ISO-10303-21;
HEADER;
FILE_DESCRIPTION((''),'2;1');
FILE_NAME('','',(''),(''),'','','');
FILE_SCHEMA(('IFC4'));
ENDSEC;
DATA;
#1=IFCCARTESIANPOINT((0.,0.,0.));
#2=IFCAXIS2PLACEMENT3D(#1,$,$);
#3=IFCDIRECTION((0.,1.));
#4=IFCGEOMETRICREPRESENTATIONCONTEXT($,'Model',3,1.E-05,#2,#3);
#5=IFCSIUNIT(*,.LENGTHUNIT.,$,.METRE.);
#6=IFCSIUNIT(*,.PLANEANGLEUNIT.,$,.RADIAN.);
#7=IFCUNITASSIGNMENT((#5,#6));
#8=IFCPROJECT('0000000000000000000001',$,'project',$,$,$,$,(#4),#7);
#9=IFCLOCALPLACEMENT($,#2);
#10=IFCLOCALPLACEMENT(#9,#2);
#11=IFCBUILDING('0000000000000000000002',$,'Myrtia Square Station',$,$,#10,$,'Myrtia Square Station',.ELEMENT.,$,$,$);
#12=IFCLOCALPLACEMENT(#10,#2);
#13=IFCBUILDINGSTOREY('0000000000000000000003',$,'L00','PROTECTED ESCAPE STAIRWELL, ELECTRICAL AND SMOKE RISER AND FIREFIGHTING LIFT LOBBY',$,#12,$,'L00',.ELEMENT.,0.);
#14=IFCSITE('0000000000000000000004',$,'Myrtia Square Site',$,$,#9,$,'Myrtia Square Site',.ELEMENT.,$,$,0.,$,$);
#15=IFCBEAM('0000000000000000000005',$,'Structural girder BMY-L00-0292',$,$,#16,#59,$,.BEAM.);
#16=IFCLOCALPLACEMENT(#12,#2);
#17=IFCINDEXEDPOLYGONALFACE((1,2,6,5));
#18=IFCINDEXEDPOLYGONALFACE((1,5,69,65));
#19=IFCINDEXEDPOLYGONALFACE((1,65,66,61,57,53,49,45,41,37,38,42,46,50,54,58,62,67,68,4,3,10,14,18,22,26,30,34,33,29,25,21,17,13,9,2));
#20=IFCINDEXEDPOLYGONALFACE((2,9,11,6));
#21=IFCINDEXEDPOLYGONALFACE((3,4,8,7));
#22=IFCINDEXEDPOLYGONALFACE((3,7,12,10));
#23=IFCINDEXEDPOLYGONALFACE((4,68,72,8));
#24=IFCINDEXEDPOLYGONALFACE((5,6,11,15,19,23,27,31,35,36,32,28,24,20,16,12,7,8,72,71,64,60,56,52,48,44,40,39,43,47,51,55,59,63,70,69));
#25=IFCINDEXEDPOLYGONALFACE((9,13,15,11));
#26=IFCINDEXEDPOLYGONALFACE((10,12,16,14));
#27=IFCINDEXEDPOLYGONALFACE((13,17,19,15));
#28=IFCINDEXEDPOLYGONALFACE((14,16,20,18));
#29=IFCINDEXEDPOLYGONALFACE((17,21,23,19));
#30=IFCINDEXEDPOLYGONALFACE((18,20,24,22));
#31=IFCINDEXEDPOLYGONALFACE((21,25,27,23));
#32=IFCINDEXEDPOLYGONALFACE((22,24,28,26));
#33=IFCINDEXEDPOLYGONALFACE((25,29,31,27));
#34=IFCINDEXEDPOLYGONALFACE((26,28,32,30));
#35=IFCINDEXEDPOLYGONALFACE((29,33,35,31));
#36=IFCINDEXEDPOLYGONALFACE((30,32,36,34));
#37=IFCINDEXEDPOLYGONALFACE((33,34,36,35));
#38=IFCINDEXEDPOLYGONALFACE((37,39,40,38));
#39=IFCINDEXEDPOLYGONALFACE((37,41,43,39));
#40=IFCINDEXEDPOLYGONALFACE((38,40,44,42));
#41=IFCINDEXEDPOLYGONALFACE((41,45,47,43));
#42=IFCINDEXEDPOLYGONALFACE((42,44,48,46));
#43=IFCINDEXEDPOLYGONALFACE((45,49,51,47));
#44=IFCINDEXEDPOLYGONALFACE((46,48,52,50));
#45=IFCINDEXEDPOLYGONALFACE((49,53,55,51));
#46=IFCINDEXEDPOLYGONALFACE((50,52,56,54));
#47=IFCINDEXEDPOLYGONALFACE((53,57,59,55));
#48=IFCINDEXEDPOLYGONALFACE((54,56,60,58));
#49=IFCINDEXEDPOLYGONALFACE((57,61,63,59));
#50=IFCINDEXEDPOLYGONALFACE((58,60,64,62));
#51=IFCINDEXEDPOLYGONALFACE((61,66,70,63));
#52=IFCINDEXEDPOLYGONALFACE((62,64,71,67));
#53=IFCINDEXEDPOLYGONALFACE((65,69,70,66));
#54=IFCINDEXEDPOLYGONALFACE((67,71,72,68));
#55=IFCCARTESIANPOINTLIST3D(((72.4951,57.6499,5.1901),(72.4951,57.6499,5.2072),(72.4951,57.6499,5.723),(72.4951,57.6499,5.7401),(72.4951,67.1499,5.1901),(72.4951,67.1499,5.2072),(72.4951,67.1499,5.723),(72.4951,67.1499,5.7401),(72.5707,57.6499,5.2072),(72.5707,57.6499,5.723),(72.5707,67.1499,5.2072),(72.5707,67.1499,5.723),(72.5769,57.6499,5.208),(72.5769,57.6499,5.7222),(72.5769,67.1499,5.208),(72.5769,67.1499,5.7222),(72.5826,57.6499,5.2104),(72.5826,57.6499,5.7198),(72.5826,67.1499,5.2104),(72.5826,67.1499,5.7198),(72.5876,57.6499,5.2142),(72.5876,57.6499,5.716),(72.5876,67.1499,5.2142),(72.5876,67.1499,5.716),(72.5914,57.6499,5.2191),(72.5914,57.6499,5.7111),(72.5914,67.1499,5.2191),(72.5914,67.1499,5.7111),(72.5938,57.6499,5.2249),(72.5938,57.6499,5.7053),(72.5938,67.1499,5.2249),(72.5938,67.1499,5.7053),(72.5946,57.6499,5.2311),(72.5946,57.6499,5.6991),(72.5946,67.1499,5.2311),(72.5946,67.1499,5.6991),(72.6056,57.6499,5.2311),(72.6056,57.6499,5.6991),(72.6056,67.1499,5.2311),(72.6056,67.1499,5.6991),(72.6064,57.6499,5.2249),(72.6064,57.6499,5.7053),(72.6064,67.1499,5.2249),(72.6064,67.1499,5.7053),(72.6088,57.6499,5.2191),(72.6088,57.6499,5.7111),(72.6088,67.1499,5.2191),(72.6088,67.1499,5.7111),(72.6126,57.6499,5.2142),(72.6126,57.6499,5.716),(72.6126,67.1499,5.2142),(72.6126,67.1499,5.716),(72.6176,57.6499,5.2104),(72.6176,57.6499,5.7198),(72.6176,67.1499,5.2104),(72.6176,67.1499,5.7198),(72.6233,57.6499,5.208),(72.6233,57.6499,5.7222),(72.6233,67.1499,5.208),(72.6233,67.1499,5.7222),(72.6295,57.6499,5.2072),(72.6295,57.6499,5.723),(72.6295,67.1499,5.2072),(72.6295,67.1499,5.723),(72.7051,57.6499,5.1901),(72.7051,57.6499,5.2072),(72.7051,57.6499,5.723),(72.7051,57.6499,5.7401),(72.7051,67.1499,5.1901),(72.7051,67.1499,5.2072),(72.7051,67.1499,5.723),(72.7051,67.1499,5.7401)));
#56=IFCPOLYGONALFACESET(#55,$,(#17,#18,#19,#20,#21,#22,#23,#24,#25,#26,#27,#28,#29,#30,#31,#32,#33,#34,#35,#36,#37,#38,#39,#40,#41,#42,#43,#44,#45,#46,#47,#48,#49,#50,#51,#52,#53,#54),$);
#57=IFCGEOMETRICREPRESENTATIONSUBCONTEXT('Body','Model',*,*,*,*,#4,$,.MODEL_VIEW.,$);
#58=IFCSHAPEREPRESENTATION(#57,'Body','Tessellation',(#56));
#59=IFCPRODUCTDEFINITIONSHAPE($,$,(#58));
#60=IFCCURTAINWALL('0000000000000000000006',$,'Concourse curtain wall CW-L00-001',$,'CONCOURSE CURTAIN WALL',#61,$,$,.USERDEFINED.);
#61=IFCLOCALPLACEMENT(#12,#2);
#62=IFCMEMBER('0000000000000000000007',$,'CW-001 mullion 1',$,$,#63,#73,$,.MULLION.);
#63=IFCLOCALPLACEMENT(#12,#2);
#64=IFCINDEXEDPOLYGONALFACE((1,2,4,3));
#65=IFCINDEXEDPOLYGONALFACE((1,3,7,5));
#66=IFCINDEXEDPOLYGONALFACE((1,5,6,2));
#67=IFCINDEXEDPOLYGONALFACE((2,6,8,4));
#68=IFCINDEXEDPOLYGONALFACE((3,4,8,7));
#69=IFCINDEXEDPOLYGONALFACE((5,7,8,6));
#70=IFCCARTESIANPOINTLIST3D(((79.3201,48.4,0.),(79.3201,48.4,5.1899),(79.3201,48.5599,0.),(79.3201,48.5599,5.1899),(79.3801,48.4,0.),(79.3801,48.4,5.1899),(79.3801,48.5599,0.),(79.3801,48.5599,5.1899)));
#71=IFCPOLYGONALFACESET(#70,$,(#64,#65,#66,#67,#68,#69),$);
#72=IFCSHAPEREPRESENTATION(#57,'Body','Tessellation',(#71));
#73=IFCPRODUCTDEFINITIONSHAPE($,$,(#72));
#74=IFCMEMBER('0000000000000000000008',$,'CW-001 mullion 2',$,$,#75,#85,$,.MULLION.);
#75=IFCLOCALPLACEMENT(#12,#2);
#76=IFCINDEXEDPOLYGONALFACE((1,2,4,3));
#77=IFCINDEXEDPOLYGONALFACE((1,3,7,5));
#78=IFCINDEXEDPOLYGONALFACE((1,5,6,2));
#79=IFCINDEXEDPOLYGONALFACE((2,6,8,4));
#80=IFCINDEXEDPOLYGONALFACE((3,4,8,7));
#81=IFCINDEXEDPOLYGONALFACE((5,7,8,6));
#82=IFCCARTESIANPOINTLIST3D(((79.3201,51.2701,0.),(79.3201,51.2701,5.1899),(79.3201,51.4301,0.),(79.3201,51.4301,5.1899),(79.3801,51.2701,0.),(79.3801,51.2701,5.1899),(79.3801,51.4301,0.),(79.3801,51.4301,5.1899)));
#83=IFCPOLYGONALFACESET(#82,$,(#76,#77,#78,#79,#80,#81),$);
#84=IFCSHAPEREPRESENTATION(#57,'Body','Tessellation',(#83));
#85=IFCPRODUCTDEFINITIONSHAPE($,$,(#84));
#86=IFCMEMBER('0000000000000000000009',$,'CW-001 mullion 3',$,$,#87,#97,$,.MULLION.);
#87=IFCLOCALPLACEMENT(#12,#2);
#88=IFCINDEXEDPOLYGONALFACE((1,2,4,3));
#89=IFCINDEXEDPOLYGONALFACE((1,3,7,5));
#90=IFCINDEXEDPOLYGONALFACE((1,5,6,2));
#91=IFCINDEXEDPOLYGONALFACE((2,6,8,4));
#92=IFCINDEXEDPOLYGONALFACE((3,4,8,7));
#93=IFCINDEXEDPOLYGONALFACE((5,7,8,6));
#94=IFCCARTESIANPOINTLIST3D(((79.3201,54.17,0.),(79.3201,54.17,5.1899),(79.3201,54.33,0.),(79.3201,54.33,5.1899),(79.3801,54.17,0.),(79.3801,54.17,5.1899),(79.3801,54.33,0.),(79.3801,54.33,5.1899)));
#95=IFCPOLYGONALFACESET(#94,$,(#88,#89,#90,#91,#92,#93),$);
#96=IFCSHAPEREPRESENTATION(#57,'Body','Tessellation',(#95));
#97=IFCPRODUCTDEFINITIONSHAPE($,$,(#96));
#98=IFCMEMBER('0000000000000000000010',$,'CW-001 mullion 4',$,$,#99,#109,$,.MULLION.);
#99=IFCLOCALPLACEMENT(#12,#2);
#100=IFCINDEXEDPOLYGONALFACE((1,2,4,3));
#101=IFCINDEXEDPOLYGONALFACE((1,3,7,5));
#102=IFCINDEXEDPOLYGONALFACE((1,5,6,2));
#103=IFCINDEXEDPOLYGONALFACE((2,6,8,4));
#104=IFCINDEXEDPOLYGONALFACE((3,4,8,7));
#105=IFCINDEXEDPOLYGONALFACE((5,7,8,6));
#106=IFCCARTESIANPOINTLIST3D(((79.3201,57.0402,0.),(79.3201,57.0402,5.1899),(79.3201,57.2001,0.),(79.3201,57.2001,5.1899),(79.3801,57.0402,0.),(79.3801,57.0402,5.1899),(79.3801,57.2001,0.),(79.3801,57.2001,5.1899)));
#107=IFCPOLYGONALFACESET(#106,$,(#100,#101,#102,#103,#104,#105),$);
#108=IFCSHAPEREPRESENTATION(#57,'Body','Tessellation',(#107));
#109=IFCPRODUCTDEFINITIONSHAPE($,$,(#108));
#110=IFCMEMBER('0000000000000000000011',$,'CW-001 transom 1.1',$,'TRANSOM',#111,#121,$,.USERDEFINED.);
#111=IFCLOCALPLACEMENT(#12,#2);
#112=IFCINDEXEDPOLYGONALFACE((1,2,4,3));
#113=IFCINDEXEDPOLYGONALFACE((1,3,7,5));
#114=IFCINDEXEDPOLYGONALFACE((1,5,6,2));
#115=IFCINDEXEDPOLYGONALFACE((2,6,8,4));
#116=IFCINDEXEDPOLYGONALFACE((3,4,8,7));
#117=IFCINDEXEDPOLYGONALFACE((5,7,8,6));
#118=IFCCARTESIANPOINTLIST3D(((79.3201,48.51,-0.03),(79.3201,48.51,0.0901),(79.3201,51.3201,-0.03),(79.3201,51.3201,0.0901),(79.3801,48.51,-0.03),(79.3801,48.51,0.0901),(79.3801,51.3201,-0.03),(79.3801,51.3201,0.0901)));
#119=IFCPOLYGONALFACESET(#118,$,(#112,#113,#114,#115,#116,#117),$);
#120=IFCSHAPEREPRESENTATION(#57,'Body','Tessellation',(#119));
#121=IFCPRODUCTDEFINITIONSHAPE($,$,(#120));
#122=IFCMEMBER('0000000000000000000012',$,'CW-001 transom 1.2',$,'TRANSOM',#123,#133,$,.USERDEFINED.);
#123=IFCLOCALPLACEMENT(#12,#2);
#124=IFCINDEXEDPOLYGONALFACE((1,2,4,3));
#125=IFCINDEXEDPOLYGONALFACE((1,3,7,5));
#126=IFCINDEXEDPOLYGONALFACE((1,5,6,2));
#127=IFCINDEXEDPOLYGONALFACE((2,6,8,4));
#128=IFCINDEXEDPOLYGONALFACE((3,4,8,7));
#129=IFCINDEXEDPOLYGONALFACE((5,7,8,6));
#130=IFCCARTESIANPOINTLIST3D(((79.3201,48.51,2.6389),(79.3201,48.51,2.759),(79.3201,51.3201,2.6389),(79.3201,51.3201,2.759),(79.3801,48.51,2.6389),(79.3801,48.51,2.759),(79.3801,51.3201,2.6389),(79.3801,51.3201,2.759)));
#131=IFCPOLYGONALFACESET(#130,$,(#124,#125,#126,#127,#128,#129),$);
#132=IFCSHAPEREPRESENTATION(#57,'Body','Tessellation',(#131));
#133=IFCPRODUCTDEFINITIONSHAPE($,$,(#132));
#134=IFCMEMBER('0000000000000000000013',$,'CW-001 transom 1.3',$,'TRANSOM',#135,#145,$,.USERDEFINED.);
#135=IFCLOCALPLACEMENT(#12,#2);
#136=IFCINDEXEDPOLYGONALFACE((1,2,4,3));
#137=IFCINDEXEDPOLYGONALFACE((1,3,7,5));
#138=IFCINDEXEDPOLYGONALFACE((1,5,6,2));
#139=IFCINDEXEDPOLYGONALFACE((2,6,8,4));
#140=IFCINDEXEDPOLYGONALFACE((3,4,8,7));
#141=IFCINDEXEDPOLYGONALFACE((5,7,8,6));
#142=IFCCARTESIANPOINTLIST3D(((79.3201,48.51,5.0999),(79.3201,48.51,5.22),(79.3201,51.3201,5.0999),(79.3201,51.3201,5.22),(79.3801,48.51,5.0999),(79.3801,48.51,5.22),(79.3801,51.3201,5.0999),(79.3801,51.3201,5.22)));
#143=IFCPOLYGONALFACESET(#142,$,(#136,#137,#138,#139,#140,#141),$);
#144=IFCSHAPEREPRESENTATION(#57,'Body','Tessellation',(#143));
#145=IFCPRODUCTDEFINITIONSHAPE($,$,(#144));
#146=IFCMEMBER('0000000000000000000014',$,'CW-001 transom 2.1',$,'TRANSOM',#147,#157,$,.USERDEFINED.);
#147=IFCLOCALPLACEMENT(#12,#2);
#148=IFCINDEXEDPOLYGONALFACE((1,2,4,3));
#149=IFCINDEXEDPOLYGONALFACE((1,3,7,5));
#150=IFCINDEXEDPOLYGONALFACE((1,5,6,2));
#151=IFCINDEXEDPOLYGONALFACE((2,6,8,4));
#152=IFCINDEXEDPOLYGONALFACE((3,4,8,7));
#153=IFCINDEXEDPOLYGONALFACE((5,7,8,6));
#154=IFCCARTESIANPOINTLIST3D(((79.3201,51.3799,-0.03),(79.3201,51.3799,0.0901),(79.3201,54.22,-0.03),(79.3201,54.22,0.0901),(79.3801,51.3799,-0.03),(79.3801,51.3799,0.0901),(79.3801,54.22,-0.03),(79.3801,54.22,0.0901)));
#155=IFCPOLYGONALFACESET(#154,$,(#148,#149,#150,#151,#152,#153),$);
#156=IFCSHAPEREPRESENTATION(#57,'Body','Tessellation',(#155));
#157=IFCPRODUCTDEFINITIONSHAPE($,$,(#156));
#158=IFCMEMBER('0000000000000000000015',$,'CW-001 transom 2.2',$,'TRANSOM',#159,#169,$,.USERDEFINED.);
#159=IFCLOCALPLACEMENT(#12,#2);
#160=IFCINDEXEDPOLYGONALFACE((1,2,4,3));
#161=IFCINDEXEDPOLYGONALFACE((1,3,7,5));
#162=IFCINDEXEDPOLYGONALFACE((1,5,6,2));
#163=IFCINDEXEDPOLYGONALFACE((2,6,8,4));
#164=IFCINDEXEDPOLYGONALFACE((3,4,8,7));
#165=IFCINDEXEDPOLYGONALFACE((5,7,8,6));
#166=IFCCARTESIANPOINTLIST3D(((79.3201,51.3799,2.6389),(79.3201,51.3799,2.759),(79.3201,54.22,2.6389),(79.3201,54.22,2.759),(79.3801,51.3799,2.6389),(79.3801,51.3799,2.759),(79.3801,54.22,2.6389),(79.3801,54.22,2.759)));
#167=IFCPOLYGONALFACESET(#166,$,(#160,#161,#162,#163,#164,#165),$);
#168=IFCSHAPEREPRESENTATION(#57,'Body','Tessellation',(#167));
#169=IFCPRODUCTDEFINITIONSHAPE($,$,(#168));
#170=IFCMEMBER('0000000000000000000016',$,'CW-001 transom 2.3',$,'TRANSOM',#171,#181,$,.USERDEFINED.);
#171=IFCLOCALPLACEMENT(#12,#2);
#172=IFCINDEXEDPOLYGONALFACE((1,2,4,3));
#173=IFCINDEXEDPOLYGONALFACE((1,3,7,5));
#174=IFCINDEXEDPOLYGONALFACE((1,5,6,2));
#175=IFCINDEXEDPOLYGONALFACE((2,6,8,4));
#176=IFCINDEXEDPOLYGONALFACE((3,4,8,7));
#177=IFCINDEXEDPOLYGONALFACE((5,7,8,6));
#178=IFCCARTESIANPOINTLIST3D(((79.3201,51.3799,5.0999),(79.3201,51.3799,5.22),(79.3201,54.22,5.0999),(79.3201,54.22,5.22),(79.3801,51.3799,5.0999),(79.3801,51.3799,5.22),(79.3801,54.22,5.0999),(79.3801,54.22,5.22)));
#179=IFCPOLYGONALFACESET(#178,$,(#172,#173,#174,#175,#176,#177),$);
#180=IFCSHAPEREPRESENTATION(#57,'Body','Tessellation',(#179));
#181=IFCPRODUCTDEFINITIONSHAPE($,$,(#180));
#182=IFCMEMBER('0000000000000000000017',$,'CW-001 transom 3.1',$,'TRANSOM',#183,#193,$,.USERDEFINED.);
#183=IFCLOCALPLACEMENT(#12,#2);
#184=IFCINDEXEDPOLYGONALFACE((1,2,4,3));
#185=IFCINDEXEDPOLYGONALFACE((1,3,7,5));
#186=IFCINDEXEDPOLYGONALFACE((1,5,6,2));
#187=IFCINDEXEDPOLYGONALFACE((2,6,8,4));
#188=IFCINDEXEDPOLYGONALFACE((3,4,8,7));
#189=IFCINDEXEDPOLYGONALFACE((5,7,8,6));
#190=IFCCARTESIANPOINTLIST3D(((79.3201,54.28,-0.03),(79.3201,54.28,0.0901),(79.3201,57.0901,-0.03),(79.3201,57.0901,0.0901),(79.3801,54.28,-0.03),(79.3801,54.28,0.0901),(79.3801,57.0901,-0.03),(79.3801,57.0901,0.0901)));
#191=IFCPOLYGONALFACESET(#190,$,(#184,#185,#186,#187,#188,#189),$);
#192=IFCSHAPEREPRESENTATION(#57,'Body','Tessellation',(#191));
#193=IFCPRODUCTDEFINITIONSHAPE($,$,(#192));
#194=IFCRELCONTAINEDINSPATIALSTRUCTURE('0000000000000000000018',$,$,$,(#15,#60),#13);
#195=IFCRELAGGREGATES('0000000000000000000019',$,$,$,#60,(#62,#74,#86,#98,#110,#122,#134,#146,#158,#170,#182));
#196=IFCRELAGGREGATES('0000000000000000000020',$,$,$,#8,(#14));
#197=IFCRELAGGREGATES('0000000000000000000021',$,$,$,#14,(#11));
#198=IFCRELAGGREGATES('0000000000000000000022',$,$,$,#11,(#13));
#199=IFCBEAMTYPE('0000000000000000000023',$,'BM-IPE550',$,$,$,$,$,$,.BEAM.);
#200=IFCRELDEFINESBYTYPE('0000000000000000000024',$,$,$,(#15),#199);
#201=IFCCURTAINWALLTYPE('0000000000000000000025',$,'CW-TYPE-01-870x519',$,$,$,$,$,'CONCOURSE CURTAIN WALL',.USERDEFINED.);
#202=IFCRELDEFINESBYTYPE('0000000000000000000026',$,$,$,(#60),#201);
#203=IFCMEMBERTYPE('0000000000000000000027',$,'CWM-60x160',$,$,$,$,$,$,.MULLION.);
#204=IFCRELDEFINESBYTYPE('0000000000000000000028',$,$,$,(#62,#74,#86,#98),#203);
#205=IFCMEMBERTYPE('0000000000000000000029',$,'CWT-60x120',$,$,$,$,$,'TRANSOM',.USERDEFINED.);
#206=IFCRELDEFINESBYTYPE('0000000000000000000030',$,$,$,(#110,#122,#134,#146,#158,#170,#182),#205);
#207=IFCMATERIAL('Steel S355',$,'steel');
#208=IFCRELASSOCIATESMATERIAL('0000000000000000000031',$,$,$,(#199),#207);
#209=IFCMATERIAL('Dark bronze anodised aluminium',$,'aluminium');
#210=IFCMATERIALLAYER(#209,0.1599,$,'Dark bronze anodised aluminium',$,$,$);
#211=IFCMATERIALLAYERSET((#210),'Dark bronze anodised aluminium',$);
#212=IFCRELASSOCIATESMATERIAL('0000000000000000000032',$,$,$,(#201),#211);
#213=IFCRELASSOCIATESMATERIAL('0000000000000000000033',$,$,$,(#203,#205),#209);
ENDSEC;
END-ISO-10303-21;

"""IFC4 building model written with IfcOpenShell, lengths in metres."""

from ifc_helpers import new_model, si_unit, direction, frame, origin, origin_2d, place, context, subcontext, project, spatial, rectangle, i_section, extrude, material, layer, layer_set, material_profile, profile_set, type_object, element, aggregate, save


model = new_model("IFC4")

# Units and contexts
model_context = context("Model", 3, precision=1e-05, world=origin(), true_north=direction((0.0, 1.0)))
body_context = subcontext(model_context, "Body", "Model", "MODEL_VIEW")
ifc_project = project(units=[si_unit("LENGTHUNIT", "METRE"), si_unit("PLANEANGLEUNIT", "RADIAN")], contexts=[model_context])

# Site, building, storey
site_placement = place(None, origin())
site = spatial("IfcSite", under=ifc_project, at=site_placement, Name="Myrtia Square Site", LongName="Myrtia Square Site", CompositionType="ELEMENT", RefElevation=0.0)
building_placement = place(site_placement, origin())
building = spatial("IfcBuilding", under=site, at=building_placement, Name="Myrtia Square Station", LongName="Myrtia Square Station", CompositionType="ELEMENT")
storey_placement = place(building_placement, origin())
storey = spatial("IfcBuildingStorey", under=building, at=storey_placement, Name="L00", Description="PROTECTED ESCAPE STAIRWELL, ELECTRICAL AND SMOKE RISER AND FIREFIGHTING LIFT LOBBY", LongName="L00", CompositionType="ELEMENT", Elevation=0.0)

# Shared definitions
ifc_material_1 = material(Name="Steel S355", Category="steel")

# Beam
ifc_material_profile_1 = material_profile(ifc_material_1, i_section(OverallWidth=0.21, OverallDepth=0.55, WebThickness=0.011, FlangeThickness=0.0171, FilletRadius=0.0239, at=origin_2d()), Name="IPE 550")
ifc_profile_set_1 = profile_set([ifc_material_profile_1], Name="Steel S355")
beam_type_1 = type_object("IfcBeamType", Name="BM-IPE550", PredefinedType="BEAM", material=ifc_profile_set_1)
for number, where, z_axis, x_axis, name in (
    (1, (72.6001, 57.6499, 5.4651), (0.0, 1.0, 0.0), (-1.0, 0.0, 0.0), "Structural girder BMY-L00-0292"),
):
    element("IfcBeam", number, at=place(storey_placement, frame(where, z_axis=z_axis, x_axis=x_axis)), inside=storey, type_object=beam_type_1, Name=name, PredefinedType="BEAM", context=body_context, shape_type="SweptSolid", body=[
        extrude(i_section(OverallWidth=0.21, OverallDepth=0.55, WebThickness=0.011, FlangeThickness=0.0171, FilletRadius=0.0239, at=origin_2d()), origin(), (0.0, 0.0, 1.0), 9.5),
    ])

# Curtain wall, members
ifc_material_2 = material(Name="Dark bronze anodised aluminium", Category="aluminium")
ifc_layer_1 = layer(ifc_material_2, 0.1599, Name="Dark bronze anodised aluminium")
ifc_layer_set_1 = layer_set([ifc_layer_1], Name="Dark bronze anodised aluminium")
curtain_wall_type = type_object("IfcCurtainWallType", Name="CW-TYPE-01-870x519", ElementType="CONCOURSE CURTAIN WALL", PredefinedType="USERDEFINED", material=ifc_layer_set_1)
curtain_wall_placement = place(storey_placement, origin())
curtain_wall = element("IfcCurtainWall", 2, at=curtain_wall_placement, inside=storey, type_object=curtain_wall_type, Name="Concourse curtain wall CW-L00-001", ObjectType="CONCOURSE CURTAIN WALL", PredefinedType="USERDEFINED")
ifc_material_profile_2 = material_profile(ifc_material_2, rectangle(XDim=0.0601, YDim=0.1599, at=origin_2d()), Name="ALU-M 60x160")
ifc_profile_set_2 = profile_set([ifc_material_profile_2], Name="Dark bronze anodised aluminium")
member_type_1 = type_object("IfcMemberType", Name="CWM-60x160", PredefinedType="MULLION", material=ifc_profile_set_2)
member_1_placement = place(storey_placement, frame((79.3501, 48.48, 0.0), z_axis=(0.0, 0.0, 1.0), x_axis=(-1.0, 0.0, 0.0)))
member_1 = element("IfcMember", 3, at=member_1_placement, type_object=member_type_1, Name="CW-001 mullion 1", PredefinedType="MULLION", context=body_context, shape_type="SweptSolid", body=[
    extrude(rectangle(XDim=0.0601, YDim=0.1599, at=origin_2d()), origin(), (0.0, 0.0, 1.0), 5.1899),
])
member_2_placement = place(storey_placement, frame((79.3501, 51.3501, 0.0), z_axis=(0.0, 0.0, 1.0), x_axis=(-1.0, 0.0, 0.0)))
member_2 = element("IfcMember", 4, at=member_2_placement, type_object=member_type_1, Name="CW-001 mullion 2", PredefinedType="MULLION", context=body_context, shape_type="SweptSolid", body=[
    extrude(rectangle(XDim=0.0601, YDim=0.1599, at=origin_2d()), origin(), (0.0, 0.0, 1.0), 5.1899),
])
member_3_placement = place(storey_placement, frame((79.3501, 54.25, 0.0), z_axis=(0.0, 0.0, 1.0), x_axis=(-1.0, 0.0, 0.0)))
member_3 = element("IfcMember", 5, at=member_3_placement, type_object=member_type_1, Name="CW-001 mullion 3", PredefinedType="MULLION", context=body_context, shape_type="SweptSolid", body=[
    extrude(rectangle(XDim=0.0601, YDim=0.1599, at=origin_2d()), origin(), (0.0, 0.0, 1.0), 5.1899),
])
member_4_placement = place(storey_placement, frame((79.3501, 57.1201, 0.0), z_axis=(0.0, 0.0, 1.0), x_axis=(-1.0, 0.0, 0.0)))
member_4 = element("IfcMember", 6, at=member_4_placement, type_object=member_type_1, Name="CW-001 mullion 4", PredefinedType="MULLION", context=body_context, shape_type="SweptSolid", body=[
    extrude(rectangle(XDim=0.0601, YDim=0.1599, at=origin_2d()), origin(), (0.0, 0.0, 1.0), 5.1899),
])
ifc_material_profile_3 = material_profile(ifc_material_2, rectangle(XDim=0.0601, YDim=0.1201, at=origin_2d()), Name="ALU-T 60x120")
ifc_profile_set_3 = profile_set([ifc_material_profile_3], Name="Dark bronze anodised aluminium")
member_type_2 = type_object("IfcMemberType", Name="CWT-60x120", ElementType="TRANSOM", PredefinedType="USERDEFINED", material=ifc_profile_set_3)
member_5_placement = place(storey_placement, frame((79.3501, 48.51, 0.03), z_axis=(0.0, 1.0, 0.0), x_axis=(-1.0, 0.0, 0.0)))
member_5 = element("IfcMember", 7, at=member_5_placement, type_object=member_type_2, Name="CW-001 transom 1.1", ObjectType="TRANSOM", PredefinedType="USERDEFINED", context=body_context, shape_type="SweptSolid", body=[
    extrude(rectangle(XDim=0.0601, YDim=0.1201, at=origin_2d()), origin(), (0.0, 0.0, 1.0), 2.8101),
])
member_6_placement = place(storey_placement, frame((79.3501, 48.51, 2.699), z_axis=(0.0, 1.0, 0.0), x_axis=(-1.0, 0.0, 0.0)))
member_6 = element("IfcMember", 8, at=member_6_placement, type_object=member_type_2, Name="CW-001 transom 1.2", ObjectType="TRANSOM", PredefinedType="USERDEFINED", context=body_context, shape_type="SweptSolid", body=[
    extrude(rectangle(XDim=0.0601, YDim=0.1201, at=origin_2d()), origin(), (0.0, 0.0, 1.0), 2.8101),
])
member_7_placement = place(storey_placement, frame((79.3501, 48.51, 5.1599), z_axis=(0.0, 1.0, 0.0), x_axis=(-1.0, 0.0, 0.0)))
member_7 = element("IfcMember", 9, at=member_7_placement, type_object=member_type_2, Name="CW-001 transom 1.3", ObjectType="TRANSOM", PredefinedType="USERDEFINED", context=body_context, shape_type="SweptSolid", body=[
    extrude(rectangle(XDim=0.0601, YDim=0.1201, at=origin_2d()), origin(), (0.0, 0.0, 1.0), 2.8101),
])
member_8_placement = place(storey_placement, frame((79.3501, 51.3799, 0.03), z_axis=(0.0, 1.0, 0.0), x_axis=(-1.0, 0.0, 0.0)))
member_8 = element("IfcMember", 10, at=member_8_placement, type_object=member_type_2, Name="CW-001 transom 2.1", ObjectType="TRANSOM", PredefinedType="USERDEFINED", context=body_context, shape_type="SweptSolid", body=[
    extrude(rectangle(XDim=0.0601, YDim=0.1201, at=origin_2d()), origin(), (0.0, 0.0, 1.0), 2.8401),
])
member_9_placement = place(storey_placement, frame((79.3501, 51.3799, 2.699), z_axis=(0.0, 1.0, 0.0), x_axis=(-1.0, 0.0, 0.0)))
member_9 = element("IfcMember", 11, at=member_9_placement, type_object=member_type_2, Name="CW-001 transom 2.2", ObjectType="TRANSOM", PredefinedType="USERDEFINED", context=body_context, shape_type="SweptSolid", body=[
    extrude(rectangle(XDim=0.0601, YDim=0.1201, at=origin_2d()), origin(), (0.0, 0.0, 1.0), 2.8401),
])
member_10_placement = place(storey_placement, frame((79.3501, 51.3799, 5.1599), z_axis=(0.0, 1.0, 0.0), x_axis=(-1.0, 0.0, 0.0)))
member_10 = element("IfcMember", 12, at=member_10_placement, type_object=member_type_2, Name="CW-001 transom 2.3", ObjectType="TRANSOM", PredefinedType="USERDEFINED", context=body_context, shape_type="SweptSolid", body=[
    extrude(rectangle(XDim=0.0601, YDim=0.1201, at=origin_2d()), origin(), (0.0, 0.0, 1.0), 2.8401),
])
member_11_placement = place(storey_placement, frame((79.3501, 54.28, 0.03), z_axis=(0.0, 1.0, 0.0), x_axis=(-1.0, 0.0, 0.0)))
member_11 = element("IfcMember", 13, at=member_11_placement, type_object=member_type_2, Name="CW-001 transom 3.1", ObjectType="TRANSOM", PredefinedType="USERDEFINED", context=body_context, shape_type="SweptSolid", body=[
    extrude(rectangle(XDim=0.0601, YDim=0.1201, at=origin_2d()), origin(), (0.0, 0.0, 1.0), 2.8101),
])

aggregate(curtain_wall, [member_1, member_2, member_3, member_4, member_5, member_6, member_7, member_8, member_9, member_10, member_11])

save(model, "model.ifc")
